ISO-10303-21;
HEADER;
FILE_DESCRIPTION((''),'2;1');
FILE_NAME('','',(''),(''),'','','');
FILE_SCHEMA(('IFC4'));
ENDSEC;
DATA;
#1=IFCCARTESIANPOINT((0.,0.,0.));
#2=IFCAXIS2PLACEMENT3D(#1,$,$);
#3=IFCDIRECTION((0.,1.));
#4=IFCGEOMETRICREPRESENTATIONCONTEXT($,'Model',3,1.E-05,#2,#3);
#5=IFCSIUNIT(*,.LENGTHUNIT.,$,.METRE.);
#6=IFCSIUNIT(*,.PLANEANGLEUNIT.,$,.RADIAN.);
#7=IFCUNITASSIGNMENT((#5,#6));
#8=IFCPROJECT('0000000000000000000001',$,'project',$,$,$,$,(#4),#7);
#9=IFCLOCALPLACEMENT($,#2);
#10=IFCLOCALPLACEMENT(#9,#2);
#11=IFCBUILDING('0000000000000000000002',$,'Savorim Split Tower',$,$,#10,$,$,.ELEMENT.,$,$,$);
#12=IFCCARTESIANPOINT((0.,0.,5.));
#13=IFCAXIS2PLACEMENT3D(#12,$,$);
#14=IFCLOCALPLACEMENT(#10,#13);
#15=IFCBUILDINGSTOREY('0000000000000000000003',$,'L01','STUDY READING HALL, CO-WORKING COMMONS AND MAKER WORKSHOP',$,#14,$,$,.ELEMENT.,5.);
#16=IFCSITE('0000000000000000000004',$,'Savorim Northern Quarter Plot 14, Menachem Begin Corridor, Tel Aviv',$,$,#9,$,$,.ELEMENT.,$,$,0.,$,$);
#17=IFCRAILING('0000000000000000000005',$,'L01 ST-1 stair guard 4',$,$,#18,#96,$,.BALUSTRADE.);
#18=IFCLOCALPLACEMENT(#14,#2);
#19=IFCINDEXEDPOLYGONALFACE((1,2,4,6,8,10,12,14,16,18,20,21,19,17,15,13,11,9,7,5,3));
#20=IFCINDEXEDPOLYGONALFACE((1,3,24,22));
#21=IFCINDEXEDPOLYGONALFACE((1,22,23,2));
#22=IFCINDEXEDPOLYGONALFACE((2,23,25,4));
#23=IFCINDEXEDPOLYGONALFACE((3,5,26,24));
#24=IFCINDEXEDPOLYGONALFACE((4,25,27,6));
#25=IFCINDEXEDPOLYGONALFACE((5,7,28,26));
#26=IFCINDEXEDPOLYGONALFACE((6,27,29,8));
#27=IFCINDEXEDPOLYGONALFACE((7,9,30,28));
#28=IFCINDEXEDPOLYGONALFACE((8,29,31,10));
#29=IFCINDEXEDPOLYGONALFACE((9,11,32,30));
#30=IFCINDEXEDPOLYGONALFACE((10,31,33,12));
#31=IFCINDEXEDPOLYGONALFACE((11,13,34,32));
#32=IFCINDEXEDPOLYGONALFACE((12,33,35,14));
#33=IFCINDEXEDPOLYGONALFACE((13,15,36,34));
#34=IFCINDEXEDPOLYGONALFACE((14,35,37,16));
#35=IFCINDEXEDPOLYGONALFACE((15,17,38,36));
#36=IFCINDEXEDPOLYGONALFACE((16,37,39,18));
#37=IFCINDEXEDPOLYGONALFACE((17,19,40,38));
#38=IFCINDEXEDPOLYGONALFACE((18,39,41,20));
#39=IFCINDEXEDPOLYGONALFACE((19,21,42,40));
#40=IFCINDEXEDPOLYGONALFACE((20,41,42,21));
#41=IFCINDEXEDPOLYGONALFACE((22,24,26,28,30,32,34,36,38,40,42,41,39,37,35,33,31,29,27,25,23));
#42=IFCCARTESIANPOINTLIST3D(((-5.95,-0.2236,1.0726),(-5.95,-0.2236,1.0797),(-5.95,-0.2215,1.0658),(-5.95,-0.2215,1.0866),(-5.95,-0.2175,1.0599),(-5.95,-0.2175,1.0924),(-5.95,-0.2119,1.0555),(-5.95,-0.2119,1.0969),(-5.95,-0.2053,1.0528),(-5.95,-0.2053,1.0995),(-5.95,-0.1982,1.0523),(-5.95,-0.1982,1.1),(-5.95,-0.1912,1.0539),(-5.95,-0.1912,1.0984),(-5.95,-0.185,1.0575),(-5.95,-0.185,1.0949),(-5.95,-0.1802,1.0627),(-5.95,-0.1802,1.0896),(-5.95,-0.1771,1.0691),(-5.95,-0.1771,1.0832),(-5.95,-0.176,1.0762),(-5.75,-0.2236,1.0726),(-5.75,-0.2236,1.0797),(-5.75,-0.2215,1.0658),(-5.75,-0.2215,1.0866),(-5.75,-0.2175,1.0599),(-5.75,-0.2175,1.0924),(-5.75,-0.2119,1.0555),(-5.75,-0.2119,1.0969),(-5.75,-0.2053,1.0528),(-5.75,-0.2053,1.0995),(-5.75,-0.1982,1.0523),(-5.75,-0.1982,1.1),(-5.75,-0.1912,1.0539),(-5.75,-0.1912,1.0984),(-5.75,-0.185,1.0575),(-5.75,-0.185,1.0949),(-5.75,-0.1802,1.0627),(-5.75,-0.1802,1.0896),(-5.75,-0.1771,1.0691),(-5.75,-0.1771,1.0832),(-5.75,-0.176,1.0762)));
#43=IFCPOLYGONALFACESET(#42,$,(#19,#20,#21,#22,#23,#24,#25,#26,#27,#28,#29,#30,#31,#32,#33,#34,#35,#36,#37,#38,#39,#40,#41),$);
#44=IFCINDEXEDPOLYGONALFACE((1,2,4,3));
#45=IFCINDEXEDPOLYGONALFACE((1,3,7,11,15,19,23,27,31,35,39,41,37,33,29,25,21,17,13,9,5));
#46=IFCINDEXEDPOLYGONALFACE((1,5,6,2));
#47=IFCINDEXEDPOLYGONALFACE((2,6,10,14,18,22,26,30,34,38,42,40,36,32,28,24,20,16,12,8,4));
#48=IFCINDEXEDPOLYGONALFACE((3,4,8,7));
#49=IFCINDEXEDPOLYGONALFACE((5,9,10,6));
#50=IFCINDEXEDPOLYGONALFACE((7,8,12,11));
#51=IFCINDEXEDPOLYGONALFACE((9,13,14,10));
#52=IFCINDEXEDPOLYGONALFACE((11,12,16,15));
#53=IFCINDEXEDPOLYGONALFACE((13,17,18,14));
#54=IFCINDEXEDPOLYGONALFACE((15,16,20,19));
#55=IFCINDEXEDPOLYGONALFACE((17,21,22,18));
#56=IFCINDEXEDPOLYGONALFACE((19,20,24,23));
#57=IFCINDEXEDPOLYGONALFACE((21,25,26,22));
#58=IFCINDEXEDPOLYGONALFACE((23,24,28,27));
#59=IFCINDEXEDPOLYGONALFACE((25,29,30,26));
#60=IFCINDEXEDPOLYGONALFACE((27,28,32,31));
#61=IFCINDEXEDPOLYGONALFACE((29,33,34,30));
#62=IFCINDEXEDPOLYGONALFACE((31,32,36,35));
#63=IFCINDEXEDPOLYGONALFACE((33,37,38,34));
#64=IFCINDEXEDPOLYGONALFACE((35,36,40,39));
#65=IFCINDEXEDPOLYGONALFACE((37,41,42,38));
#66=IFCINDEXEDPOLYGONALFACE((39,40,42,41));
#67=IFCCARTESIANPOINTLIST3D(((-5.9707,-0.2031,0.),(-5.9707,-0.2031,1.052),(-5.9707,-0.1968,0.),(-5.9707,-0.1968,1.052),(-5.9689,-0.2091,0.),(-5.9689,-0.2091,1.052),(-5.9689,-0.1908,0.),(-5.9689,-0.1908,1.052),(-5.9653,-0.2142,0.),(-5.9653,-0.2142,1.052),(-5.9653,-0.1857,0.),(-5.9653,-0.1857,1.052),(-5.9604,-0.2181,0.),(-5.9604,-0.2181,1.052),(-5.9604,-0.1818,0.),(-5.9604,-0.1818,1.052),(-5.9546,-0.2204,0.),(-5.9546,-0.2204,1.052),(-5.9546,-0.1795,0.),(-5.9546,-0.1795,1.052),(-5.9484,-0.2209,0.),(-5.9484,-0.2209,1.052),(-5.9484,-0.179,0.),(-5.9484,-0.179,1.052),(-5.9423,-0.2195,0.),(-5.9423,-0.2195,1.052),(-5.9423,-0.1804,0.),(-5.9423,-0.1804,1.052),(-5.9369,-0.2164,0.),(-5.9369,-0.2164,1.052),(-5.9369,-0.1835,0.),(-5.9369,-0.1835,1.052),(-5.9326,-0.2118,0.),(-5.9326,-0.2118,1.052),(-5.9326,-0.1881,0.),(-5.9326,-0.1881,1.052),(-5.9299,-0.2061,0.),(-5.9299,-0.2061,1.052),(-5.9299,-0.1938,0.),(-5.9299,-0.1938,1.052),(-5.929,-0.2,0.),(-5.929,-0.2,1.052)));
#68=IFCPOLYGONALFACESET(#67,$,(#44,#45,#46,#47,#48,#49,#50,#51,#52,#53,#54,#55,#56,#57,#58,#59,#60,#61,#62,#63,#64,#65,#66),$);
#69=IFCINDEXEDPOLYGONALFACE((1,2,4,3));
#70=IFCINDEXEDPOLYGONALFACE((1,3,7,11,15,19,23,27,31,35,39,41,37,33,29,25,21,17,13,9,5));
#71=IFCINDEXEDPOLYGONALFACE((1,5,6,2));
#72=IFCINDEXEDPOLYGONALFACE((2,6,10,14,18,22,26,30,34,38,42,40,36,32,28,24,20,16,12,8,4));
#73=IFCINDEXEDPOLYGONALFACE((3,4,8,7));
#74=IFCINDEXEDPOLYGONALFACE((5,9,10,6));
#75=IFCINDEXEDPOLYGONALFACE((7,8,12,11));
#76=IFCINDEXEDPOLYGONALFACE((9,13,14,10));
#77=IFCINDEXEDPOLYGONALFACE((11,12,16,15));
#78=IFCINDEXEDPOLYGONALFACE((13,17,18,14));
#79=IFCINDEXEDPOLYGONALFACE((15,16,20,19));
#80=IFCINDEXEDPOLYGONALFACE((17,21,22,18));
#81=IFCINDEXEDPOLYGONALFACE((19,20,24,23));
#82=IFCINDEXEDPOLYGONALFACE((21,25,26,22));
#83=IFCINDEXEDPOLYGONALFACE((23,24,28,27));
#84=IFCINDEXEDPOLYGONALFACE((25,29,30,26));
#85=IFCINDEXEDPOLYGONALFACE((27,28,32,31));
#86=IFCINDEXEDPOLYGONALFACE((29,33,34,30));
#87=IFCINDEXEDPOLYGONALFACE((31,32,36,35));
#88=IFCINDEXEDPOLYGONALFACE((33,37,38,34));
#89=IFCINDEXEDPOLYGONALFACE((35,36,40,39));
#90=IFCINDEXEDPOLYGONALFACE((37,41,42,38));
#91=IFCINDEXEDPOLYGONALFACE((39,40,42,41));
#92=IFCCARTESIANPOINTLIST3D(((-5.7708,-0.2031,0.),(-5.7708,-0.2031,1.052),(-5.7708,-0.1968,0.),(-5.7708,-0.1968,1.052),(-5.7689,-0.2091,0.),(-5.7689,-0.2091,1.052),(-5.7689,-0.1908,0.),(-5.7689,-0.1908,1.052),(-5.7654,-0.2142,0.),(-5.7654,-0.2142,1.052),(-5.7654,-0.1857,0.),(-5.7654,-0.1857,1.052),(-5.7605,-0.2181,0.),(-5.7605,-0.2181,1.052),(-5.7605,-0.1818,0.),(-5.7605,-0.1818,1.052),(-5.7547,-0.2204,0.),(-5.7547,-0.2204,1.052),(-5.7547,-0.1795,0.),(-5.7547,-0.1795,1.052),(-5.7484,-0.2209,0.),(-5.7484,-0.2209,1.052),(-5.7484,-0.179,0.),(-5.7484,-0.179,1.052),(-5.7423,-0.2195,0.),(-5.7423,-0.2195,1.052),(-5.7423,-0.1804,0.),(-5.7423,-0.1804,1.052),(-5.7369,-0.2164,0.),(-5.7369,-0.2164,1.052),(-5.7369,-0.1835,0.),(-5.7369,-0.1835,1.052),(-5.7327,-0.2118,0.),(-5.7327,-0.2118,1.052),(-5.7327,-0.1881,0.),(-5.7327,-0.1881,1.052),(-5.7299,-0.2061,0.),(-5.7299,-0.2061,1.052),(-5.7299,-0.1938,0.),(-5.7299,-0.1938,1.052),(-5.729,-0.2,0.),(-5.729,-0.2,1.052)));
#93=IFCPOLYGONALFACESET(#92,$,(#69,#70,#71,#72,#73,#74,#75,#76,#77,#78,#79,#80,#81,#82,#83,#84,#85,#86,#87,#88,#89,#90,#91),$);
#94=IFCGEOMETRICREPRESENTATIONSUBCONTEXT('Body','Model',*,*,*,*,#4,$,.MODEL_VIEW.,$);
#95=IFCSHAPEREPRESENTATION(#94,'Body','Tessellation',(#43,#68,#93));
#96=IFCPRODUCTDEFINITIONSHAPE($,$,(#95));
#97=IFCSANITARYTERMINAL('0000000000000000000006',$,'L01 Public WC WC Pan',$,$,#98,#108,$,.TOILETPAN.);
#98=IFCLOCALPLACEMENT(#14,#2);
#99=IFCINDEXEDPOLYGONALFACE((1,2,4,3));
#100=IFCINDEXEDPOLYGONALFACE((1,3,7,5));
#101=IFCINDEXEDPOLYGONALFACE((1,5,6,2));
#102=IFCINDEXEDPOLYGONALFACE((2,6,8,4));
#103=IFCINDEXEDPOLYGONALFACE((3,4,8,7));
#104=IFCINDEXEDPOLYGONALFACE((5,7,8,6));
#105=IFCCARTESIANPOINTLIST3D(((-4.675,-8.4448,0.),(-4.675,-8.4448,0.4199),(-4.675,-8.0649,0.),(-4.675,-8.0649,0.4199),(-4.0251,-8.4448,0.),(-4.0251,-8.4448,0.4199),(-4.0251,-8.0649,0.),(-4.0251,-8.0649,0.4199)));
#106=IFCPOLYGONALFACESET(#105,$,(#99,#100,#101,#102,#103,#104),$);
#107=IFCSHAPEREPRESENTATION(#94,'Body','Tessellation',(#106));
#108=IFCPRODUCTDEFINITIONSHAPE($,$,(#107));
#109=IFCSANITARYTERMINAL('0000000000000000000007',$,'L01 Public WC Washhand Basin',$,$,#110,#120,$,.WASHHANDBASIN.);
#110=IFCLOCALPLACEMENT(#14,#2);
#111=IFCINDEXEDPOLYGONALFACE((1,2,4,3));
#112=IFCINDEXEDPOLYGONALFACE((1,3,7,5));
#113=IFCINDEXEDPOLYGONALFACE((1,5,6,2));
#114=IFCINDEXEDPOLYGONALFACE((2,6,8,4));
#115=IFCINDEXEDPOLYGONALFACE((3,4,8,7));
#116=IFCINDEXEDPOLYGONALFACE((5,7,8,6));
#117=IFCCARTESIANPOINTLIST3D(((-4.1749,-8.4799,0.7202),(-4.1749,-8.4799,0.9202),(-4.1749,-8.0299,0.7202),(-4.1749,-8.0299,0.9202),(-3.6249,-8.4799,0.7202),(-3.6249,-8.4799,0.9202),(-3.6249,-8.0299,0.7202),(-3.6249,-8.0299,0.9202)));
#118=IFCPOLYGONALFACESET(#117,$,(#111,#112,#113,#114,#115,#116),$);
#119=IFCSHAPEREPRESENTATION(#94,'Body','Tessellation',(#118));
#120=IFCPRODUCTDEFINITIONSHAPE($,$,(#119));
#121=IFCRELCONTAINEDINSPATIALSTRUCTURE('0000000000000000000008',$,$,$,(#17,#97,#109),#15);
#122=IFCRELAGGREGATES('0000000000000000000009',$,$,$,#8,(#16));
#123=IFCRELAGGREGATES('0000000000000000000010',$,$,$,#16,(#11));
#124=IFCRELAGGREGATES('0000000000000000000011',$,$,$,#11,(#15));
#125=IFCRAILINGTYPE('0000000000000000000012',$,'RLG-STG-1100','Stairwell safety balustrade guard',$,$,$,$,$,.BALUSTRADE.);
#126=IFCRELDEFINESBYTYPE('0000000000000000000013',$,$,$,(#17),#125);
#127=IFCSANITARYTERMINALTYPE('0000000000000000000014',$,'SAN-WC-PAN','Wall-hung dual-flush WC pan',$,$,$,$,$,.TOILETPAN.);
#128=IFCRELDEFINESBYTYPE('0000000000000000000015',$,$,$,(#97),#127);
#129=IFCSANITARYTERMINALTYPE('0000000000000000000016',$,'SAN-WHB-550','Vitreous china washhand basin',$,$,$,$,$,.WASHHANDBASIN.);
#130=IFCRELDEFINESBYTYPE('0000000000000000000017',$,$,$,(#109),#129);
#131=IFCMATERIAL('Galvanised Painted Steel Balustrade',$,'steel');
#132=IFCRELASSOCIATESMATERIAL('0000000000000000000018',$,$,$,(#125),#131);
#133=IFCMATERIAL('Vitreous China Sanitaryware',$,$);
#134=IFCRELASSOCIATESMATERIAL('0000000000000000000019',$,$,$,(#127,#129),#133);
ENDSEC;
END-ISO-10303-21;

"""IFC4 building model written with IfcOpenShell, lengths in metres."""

from ifc_helpers import new_model, si_unit, direction, frame, origin, origin_2d, place, context, subcontext, project, spatial, rectangle, circle, extrude, material, type_object, element, save


model = new_model("IFC4")

# Units and contexts
model_context = context("Model", 3, precision=1e-05, world=origin(), true_north=direction((0.0, 1.0)))
body_context = subcontext(model_context, "Body", "Model", "MODEL_VIEW")
ifc_project = project(units=[si_unit("LENGTHUNIT", "METRE"), si_unit("PLANEANGLEUNIT", "RADIAN")], contexts=[model_context])

# Site, building, storey
site_placement = place(None, origin())
site = spatial("IfcSite", under=ifc_project, at=site_placement, Name="Savorim Northern Quarter Plot 14, Menachem Begin Corridor, Tel Aviv", CompositionType="ELEMENT", RefElevation=0.0)
building_placement = place(site_placement, origin())
building = spatial("IfcBuilding", under=site, at=building_placement, Name="Savorim Split Tower", CompositionType="ELEMENT")
storey_placement = place(building_placement, frame((0.0, 0.0, 5.0)))
storey = spatial("IfcBuildingStorey", under=building, at=storey_placement, Name="L01", Description="STUDY READING HALL, CO-WORKING COMMONS AND MAKER WORKSHOP", CompositionType="ELEMENT", Elevation=5.0)

# Railing
ifc_material_1 = material(Name="Galvanised Painted Steel Balustrade", Category="steel")
railing_type_1 = type_object("IfcRailingType", Name="RLG-STG-1100", Description="Stairwell safety balustrade guard", PredefinedType="BALUSTRADE", material=ifc_material_1)
railing_1_placement = place(storey_placement, frame((-5.95, -0.2, 0.0)))
element("IfcRailing", 1, at=railing_1_placement, inside=storey, type_object=railing_type_1, Name="L01 ST-1 stair guard 4", PredefinedType="BALUSTRADE", context=body_context, shape_type="SweptSolid", body=[
    extrude(circle(Radius=0.0239, at=origin_2d()), frame((0.0, 0.0, 1.0762), z_axis=(1.0, 0.0, 0.0), x_axis=(0.0, 1.0, 0.0)), (0.0, 0.0, 1.0), 0.2),
    extrude(circle(Radius=0.021, at=origin_2d()), origin(), (0.0, 0.0, 1.0), 1.052),
    extrude(circle(Radius=0.021, at=origin_2d()), frame((0.2, 0.0, 0.0)), (0.0, 0.0, 1.0), 1.052),
])

# Sanitary terminals
ifc_material_2 = material(Name="Vitreous China Sanitaryware")
sanitary_terminal_type_1 = type_object("IfcSanitaryTerminalType", Name="SAN-WC-PAN", Description="Wall-hung dual-flush WC pan", PredefinedType="TOILETPAN", material=ifc_material_2)
sanitary_terminal_1_placement = place(storey_placement, frame((-4.3501, -8.2549, 0.0), z_axis=(0.0, 0.0, 1.0), x_axis=(1.0, 0.0, 0.0)))
element("IfcSanitaryTerminal", 2, at=sanitary_terminal_1_placement, inside=storey, type_object=sanitary_terminal_type_1, Name="L01 Public WC WC Pan", PredefinedType="TOILETPAN", context=body_context, shape_type="SweptSolid", body=[
    extrude(rectangle(XDim=0.6499, YDim=0.3799, at=origin_2d()), origin(), (0.0, 0.0, 1.0), 0.4199),
])
sanitary_terminal_type_2 = type_object("IfcSanitaryTerminalType", Name="SAN-WHB-550", Description="Vitreous china washhand basin", PredefinedType="WASHHANDBASIN", material=ifc_material_2)
sanitary_terminal_2_placement = place(storey_placement, frame((-3.8999, -8.2549, 0.7202), z_axis=(0.0, 0.0, 1.0), x_axis=(1.0, 0.0, 0.0)))
element("IfcSanitaryTerminal", 3, at=sanitary_terminal_2_placement, inside=storey, type_object=sanitary_terminal_type_2, Name="L01 Public WC Washhand Basin", PredefinedType="WASHHANDBASIN", context=body_context, shape_type="SweptSolid", body=[
    extrude(rectangle(XDim=0.55, YDim=0.45, at=origin_2d()), origin(), (0.0, 0.0, 1.0), 0.2),
])

save(model, "model.ifc")
